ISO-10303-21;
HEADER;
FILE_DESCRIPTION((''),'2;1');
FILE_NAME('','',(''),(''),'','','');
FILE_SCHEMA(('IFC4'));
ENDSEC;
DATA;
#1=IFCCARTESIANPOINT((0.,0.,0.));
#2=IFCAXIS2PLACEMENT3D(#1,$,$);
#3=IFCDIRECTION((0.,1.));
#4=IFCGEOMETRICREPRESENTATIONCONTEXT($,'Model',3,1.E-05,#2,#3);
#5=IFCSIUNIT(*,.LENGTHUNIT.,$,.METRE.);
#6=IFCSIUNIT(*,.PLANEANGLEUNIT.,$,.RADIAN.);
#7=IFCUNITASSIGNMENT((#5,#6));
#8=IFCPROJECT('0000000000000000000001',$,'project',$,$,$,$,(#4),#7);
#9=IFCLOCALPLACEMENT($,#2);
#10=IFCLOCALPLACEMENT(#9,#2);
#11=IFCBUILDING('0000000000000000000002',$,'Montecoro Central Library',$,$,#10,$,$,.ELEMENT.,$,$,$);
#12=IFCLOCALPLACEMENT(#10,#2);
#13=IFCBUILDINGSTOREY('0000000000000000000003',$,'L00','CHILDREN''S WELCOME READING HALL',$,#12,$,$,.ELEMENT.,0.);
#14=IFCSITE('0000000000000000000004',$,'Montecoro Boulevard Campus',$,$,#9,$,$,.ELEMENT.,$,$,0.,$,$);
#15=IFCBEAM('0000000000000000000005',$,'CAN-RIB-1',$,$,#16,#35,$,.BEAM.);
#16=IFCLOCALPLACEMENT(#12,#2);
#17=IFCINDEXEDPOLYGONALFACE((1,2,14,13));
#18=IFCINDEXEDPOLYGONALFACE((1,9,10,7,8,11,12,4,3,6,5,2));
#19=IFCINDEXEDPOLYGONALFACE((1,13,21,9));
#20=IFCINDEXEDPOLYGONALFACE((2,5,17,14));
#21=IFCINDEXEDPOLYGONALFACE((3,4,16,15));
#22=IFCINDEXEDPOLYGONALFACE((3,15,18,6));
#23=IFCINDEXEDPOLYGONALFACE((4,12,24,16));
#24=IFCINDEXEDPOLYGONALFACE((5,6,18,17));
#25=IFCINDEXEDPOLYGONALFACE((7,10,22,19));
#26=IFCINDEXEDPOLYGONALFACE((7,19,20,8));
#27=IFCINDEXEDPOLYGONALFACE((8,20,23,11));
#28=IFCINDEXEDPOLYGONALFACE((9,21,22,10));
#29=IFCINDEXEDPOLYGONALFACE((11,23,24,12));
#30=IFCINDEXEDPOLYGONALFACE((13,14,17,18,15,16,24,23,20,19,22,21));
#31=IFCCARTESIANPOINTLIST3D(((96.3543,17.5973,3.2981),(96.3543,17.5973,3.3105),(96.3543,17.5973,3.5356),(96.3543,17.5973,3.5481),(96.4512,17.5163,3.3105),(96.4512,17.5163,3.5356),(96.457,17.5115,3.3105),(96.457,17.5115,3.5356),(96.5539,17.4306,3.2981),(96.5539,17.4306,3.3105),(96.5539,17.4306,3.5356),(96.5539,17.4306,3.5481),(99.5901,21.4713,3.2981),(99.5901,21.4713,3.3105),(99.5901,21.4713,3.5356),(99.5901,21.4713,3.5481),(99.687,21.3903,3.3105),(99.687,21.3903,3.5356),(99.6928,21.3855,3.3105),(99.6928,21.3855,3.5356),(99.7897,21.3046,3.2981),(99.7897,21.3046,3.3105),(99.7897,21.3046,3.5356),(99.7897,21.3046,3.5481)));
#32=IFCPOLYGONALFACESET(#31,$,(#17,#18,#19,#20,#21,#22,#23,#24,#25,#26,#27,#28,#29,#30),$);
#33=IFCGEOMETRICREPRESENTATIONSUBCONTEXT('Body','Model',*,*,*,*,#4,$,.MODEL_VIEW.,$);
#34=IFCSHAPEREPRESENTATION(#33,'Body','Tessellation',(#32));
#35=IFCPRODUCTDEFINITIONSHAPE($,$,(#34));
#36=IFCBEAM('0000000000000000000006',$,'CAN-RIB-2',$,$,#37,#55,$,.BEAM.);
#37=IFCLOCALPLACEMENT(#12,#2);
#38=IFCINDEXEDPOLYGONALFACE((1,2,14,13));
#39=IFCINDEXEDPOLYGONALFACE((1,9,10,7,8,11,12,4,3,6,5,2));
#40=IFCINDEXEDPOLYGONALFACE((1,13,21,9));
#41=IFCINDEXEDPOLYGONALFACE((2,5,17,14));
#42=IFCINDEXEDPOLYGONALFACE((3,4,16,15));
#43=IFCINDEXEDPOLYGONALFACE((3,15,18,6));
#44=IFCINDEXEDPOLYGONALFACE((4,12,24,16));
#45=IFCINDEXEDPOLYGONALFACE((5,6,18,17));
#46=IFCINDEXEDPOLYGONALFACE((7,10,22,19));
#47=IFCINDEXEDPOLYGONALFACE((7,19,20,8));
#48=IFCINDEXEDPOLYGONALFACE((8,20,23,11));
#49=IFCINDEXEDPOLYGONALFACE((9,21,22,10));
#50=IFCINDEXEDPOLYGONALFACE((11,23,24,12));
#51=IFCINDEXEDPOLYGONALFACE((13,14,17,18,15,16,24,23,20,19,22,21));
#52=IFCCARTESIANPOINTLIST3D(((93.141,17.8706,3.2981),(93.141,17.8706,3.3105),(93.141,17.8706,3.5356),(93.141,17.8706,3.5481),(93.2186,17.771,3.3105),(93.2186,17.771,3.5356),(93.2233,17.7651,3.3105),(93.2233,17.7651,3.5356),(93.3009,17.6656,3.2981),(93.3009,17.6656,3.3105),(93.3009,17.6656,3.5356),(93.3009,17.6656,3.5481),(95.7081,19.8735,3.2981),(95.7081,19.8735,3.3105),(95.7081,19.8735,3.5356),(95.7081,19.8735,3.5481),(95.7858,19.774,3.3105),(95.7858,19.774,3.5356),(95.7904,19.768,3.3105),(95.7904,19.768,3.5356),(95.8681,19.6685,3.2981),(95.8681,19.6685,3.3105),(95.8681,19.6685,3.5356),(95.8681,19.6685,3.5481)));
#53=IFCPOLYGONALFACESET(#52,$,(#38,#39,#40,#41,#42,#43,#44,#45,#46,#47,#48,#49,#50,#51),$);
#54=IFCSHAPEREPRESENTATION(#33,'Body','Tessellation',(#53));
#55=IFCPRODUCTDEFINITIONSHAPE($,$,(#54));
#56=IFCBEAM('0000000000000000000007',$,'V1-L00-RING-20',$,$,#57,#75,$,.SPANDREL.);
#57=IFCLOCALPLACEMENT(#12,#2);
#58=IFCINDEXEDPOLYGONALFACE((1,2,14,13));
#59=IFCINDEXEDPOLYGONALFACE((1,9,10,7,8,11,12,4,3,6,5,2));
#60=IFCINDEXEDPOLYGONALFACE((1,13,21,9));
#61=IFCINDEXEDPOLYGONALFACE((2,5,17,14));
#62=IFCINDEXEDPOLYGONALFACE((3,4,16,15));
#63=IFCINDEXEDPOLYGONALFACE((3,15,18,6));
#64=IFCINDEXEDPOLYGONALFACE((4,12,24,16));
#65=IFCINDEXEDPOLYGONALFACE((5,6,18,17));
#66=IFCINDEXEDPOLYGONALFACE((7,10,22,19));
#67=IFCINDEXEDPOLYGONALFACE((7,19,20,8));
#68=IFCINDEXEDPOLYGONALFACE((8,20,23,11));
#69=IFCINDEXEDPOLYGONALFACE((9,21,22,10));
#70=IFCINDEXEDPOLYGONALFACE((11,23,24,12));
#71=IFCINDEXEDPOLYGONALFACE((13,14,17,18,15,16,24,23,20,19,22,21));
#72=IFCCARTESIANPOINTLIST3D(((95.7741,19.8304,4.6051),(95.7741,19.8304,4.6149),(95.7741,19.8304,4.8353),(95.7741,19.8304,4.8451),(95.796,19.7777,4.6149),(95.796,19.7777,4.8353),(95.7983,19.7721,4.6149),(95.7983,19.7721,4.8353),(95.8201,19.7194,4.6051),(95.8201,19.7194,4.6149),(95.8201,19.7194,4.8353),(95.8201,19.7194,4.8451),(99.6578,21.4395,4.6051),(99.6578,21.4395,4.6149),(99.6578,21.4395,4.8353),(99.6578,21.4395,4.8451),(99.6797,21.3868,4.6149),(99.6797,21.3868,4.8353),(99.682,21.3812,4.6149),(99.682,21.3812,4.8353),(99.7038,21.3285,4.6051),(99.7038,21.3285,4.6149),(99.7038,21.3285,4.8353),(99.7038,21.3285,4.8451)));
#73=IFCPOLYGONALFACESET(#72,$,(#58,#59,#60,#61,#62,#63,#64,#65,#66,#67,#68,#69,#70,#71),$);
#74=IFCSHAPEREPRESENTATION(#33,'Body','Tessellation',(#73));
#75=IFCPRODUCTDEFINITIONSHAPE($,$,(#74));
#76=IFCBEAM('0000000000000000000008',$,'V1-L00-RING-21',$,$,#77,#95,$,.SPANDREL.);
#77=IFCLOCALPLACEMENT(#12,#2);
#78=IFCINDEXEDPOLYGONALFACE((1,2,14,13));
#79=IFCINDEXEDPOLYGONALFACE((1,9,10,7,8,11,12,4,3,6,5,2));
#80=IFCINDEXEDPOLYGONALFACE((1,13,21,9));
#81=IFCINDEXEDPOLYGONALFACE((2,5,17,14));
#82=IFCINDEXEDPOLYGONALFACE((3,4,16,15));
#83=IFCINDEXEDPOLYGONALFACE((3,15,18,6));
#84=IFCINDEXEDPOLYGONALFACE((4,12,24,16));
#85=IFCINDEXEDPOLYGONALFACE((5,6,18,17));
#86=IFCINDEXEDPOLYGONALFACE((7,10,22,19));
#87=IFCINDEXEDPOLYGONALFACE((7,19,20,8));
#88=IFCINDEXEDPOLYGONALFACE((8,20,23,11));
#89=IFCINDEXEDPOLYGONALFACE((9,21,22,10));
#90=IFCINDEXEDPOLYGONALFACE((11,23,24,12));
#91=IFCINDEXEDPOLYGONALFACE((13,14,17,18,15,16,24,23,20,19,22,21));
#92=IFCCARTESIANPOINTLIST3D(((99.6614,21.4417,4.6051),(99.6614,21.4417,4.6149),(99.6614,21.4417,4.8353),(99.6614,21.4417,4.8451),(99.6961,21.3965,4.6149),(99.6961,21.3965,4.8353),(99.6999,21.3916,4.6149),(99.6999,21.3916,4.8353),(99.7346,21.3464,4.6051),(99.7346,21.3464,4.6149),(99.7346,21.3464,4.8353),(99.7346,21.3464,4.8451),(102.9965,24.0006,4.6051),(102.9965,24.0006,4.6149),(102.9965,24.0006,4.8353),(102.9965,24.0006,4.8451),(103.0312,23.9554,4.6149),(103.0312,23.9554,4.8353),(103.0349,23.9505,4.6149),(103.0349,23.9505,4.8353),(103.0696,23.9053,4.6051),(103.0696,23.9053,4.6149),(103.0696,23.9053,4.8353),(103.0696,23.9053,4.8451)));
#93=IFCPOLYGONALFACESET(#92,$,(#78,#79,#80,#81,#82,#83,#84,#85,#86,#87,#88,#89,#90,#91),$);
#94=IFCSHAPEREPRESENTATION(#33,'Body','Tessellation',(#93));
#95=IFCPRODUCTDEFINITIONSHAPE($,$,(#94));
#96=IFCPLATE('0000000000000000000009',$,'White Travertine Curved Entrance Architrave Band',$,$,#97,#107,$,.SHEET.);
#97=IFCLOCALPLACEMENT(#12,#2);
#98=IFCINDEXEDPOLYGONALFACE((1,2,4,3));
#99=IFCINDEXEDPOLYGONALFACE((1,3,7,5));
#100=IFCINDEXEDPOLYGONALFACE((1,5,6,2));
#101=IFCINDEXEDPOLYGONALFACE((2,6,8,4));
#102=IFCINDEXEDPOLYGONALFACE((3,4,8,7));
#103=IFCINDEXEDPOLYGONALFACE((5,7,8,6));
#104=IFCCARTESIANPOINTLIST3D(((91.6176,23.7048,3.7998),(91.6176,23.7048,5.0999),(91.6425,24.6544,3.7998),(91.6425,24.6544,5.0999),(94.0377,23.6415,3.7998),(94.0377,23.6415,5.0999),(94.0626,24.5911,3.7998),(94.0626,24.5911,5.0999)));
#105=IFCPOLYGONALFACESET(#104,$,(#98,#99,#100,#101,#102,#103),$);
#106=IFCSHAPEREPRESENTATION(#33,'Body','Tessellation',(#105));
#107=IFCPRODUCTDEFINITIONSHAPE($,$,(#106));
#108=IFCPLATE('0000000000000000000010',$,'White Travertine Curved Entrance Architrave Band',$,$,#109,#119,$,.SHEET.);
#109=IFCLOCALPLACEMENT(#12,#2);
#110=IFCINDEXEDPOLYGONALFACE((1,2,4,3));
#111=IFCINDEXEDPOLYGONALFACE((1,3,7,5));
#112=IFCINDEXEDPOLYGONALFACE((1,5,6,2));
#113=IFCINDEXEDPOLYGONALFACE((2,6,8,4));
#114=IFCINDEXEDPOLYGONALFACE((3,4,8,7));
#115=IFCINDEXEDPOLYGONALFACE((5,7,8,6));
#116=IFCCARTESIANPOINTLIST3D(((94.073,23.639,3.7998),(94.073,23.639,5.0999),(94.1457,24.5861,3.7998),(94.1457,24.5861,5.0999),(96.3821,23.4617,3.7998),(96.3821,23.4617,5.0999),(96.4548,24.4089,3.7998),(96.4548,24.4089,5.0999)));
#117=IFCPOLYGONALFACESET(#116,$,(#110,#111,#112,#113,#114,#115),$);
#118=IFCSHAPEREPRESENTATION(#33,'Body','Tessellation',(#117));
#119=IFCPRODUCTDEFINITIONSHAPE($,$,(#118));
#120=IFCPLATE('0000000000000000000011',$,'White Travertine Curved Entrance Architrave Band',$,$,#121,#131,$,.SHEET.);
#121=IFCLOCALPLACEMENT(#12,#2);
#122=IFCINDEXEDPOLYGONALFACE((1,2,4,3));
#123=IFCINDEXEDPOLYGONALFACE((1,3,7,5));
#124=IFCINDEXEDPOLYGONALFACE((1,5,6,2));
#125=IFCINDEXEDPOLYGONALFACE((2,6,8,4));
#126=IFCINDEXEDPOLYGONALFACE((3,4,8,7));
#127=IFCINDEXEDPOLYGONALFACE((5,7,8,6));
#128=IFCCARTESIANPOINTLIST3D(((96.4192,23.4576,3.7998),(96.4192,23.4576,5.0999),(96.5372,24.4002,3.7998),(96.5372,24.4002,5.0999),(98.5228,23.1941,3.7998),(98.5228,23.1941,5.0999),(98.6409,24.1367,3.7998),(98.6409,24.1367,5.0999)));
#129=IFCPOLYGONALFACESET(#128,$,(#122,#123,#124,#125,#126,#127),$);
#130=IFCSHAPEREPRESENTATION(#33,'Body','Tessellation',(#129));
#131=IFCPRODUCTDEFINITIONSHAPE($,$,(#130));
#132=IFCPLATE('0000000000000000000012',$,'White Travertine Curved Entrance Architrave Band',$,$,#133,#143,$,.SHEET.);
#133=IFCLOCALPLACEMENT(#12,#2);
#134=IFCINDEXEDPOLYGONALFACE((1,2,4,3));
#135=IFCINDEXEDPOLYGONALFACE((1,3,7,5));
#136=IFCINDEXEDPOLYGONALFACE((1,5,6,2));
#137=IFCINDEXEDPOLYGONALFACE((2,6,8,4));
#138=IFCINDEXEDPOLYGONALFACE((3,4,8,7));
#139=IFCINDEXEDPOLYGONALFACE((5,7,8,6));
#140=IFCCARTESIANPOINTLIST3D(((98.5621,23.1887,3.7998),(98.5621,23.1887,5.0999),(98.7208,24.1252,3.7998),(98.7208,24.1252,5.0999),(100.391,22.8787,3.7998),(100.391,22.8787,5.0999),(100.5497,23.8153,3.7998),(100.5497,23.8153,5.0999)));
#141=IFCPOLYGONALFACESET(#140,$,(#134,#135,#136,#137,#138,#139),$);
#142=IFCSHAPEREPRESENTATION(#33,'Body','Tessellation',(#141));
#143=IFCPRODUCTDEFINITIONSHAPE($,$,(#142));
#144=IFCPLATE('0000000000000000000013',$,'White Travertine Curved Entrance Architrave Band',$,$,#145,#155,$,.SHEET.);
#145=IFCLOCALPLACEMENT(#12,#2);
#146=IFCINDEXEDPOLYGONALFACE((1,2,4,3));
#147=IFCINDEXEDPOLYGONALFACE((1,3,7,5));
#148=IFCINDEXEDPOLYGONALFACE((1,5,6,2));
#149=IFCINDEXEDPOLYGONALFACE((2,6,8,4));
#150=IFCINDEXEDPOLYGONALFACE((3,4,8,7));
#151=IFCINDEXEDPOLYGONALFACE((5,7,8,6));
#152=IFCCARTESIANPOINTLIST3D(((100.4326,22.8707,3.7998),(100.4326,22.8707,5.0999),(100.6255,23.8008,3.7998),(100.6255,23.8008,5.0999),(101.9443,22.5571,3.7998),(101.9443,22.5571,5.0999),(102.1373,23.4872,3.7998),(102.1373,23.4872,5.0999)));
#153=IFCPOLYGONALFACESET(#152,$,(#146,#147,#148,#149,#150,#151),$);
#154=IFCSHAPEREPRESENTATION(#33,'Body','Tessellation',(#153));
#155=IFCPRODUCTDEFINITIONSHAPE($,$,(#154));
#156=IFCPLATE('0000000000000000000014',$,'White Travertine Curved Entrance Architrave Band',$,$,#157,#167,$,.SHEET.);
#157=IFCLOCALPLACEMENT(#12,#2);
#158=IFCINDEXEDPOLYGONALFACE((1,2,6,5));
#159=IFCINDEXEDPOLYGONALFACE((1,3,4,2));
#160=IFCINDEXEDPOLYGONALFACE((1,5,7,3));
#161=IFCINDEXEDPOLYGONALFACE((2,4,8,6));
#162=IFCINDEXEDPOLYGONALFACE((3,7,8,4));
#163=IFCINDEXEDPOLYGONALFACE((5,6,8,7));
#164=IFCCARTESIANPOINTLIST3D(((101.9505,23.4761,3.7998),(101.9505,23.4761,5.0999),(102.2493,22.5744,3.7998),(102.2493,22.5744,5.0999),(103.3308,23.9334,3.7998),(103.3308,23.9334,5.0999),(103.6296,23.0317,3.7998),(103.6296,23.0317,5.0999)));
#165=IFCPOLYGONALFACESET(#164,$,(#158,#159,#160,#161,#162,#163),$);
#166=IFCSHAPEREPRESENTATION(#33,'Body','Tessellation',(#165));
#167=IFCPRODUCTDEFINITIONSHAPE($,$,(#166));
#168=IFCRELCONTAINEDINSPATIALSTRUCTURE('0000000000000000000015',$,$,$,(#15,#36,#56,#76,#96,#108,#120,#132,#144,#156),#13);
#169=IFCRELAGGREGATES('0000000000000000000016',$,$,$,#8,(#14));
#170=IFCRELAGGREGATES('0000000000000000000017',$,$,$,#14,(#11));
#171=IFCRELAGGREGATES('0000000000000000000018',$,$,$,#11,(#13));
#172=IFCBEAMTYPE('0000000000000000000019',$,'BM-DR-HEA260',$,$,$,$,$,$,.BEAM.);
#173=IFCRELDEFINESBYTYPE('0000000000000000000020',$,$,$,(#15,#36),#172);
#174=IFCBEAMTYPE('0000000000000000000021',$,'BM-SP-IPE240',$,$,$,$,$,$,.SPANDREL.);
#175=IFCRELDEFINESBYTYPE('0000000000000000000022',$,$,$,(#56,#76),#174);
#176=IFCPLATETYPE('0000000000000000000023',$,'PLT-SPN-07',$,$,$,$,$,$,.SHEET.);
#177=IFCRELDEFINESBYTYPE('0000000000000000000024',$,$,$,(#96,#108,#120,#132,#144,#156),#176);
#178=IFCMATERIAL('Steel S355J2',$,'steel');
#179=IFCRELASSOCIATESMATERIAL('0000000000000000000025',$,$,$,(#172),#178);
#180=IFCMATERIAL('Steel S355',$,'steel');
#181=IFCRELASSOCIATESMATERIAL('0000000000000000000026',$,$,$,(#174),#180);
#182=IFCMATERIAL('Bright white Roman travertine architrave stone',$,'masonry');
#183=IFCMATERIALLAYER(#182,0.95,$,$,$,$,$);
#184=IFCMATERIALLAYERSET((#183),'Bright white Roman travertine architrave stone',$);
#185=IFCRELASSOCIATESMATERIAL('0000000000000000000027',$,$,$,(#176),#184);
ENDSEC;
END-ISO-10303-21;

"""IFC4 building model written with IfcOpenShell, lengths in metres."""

from ifc_helpers import new_model, si_unit, direction, frame, origin, origin_2d, place, context, subcontext, project, spatial, rectangle, i_section, extrude, material, layer, layer_set, material_profile, profile_set, type_object, element, save


model = new_model("IFC4")

# Units and contexts
model_context = context("Model", 3, precision=1e-05, world=origin(), true_north=direction((0.0, 1.0)))
body_context = subcontext(model_context, "Body", "Model", "MODEL_VIEW")
ifc_project = project(units=[si_unit("LENGTHUNIT", "METRE"), si_unit("PLANEANGLEUNIT", "RADIAN")], contexts=[model_context])

# Site, building, storey
site_placement = place(None, origin())
site = spatial("IfcSite", under=ifc_project, at=site_placement, Name="Montecoro Boulevard Campus", CompositionType="ELEMENT", RefElevation=0.0)
building_placement = place(site_placement, origin())
building = spatial("IfcBuilding", under=site, at=building_placement, Name="Montecoro Central Library", CompositionType="ELEMENT")
storey_placement = place(building_placement, origin())
storey = spatial("IfcBuildingStorey", under=building, at=storey_placement, Name="L00", Description="CHILDREN'S WELCOME READING HALL", CompositionType="ELEMENT", Elevation=0.0)

# Shared definitions
ifc_material_1 = material(Name="Steel S355J2", Category="steel")
ifc_material_2 = material(Name="Steel S355", Category="steel")

# Beams
ifc_material_profile_1 = material_profile(ifc_material_1, i_section(OverallWidth=0.26, OverallDepth=0.25, WebThickness=0.0076, FlangeThickness=0.0125, at=origin_2d()), Name="HEA 260")
ifc_profile_set_1 = profile_set([ifc_material_profile_1], Name="Steel S355J2")
beam_type_1 = type_object("IfcBeamType", Name="BM-DR-HEA260", PredefinedType="BEAM", material=ifc_profile_set_1)
beam_1_placement = place(storey_placement, frame((96.4541, 17.5139, 3.4231), z_axis=(0.641059, 0.767491, 0.0), x_axis=(-0.767491, 0.641059, 0.0)))
element("IfcBeam", 1, at=beam_1_placement, inside=storey, type_object=beam_type_1, Name="CAN-RIB-1", PredefinedType="BEAM", context=body_context, shape_type="SweptSolid", body=[
    extrude(i_section(OverallWidth=0.26, OverallDepth=0.25, WebThickness=0.0076, FlangeThickness=0.0125, at=origin_2d()), origin(), (0.0, 0.0, 1.0), 5.0476),
])
beam_2_placement = place(storey_placement, frame((93.2209, 17.7681, 3.4231), z_axis=(0.788419, 0.615139, 0.0), x_axis=(-0.615139, 0.788419, 0.0)))
element("IfcBeam", 2, at=beam_2_placement, inside=storey, type_object=beam_type_1, Name="CAN-RIB-2", PredefinedType="BEAM", context=body_context, shape_type="SweptSolid", body=[
    extrude(i_section(OverallWidth=0.26, OverallDepth=0.25, WebThickness=0.0076, FlangeThickness=0.0125, at=origin_2d()), origin(), (0.0, 0.0, 1.0), 3.2561),
])
ifc_material_profile_2 = material_profile(ifc_material_2, i_section(OverallWidth=0.1201, OverallDepth=0.24, WebThickness=0.0061, FlangeThickness=0.0098, at=origin_2d()), Name="IPE 240")
ifc_profile_set_2 = profile_set([ifc_material_profile_2], Name="Steel S355")
beam_type_2 = type_object("IfcBeamType", Name="BM-SP-IPE240", PredefinedType="SPANDREL", material=ifc_profile_set_2)
beam_3_placement = place(storey_placement, frame((95.7971, 19.7749, 4.7251), z_axis=(0.923845, 0.382767, 0.0), x_axis=(-0.382767, 0.923845, 0.0)))
element("IfcBeam", 3, at=beam_3_placement, inside=storey, type_object=beam_type_2, Name="V1-L00-RING-20", PredefinedType="SPANDREL", context=body_context, shape_type="SweptSolid", body=[
    extrude(i_section(OverallWidth=0.1201, OverallDepth=0.24, WebThickness=0.0061, FlangeThickness=0.0098, at=origin_2d()), origin(), (0.0, 0.0, 1.0), 4.2039),
])
beam_4_placement = place(storey_placement, frame((99.698, 21.394, 4.7251), z_axis=(0.793373, 0.608736, 0.0), x_axis=(-0.608736, 0.793373, 0.0)))
element("IfcBeam", 4, at=beam_4_placement, inside=storey, type_object=beam_type_2, Name="V1-L00-RING-21", PredefinedType="SPANDREL", context=body_context, shape_type="SweptSolid", body=[
    extrude(i_section(OverallWidth=0.1201, OverallDepth=0.24, WebThickness=0.0061, FlangeThickness=0.0098, at=origin_2d()), origin(), (0.0, 0.0, 1.0), 4.2036),
])

# Plates
ifc_material_3 = material(Name="Bright white Roman travertine architrave stone", Category="masonry")
ifc_layer_1 = layer(ifc_material_3, 0.95)
ifc_layer_set_1 = layer_set([ifc_layer_1], Name="Bright white Roman travertine architrave stone")
plate_type = type_object("IfcPlateType", Name="PLT-SPN-07", PredefinedType="SHEET", material=ifc_layer_set_1)
plate_1_placement = place(storey_placement, frame((92.8401, 24.1479, 3.7998), z_axis=(0.0, 0.0, 1.0), x_axis=(0.999657, -0.026177, 0.0)))
element("IfcPlate", 5, at=plate_1_placement, inside=storey, type_object=plate_type, Name="White Travertine Curved Entrance Architrave Band", PredefinedType="SHEET", context=body_context, shape_type="SweptSolid", body=[
    extrude(rectangle(XDim=2.4209, YDim=0.95, at=origin_2d()), origin(), (0.0, 0.0, 1.0), 1.3),
])
plate_2_placement = place(storey_placement, frame((95.2639, 24.0239, 3.7998), z_axis=(0.0, 0.0, 1.0), x_axis=(0.997066, -0.076545, 0.0)))
element("IfcPlate", 6, at=plate_2_placement, inside=storey, type_object=plate_type, Name="White Travertine Curved Entrance Architrave Band", PredefinedType="SHEET", context=body_context, shape_type="SweptSolid", body=[
    extrude(rectangle(XDim=2.3159, YDim=0.95, at=origin_2d()), origin(), (0.0, 0.0, 1.0), 1.3),
])
plate_3_placement = place(storey_placement, frame((97.53, 23.7971, 3.7998), z_axis=(0.0, 0.0, 1.0), x_axis=(0.992245, -0.124294, 0.0)))
element("IfcPlate", 7, at=plate_3_placement, inside=storey, type_object=plate_type, Name="White Travertine Curved Entrance Architrave Band", PredefinedType="SHEET", context=body_context, shape_type="SweptSolid", body=[
    extrude(rectangle(XDim=2.1201, YDim=0.95, at=origin_2d()), origin(), (0.0, 0.0, 1.0), 1.3),
])
plate_4_placement = place(storey_placement, frame((99.5559, 23.502, 3.7998), z_axis=(0.0, 0.0, 1.0), x_axis=(0.985938, -0.167113, 0.0)))
element("IfcPlate", 8, at=plate_4_placement, inside=storey, type_object=plate_type, Name="White Travertine Curved Entrance Architrave Band", PredefinedType="SHEET", context=body_context, shape_type="SweptSolid", body=[
    extrude(rectangle(XDim=1.855, YDim=0.95, at=origin_2d()), origin(), (0.0, 0.0, 1.0), 1.3),
])
plate_5_placement = place(storey_placement, frame((101.2849, 23.179, 3.7998), z_axis=(0.0, 0.0, 1.0), x_axis=(0.979152, -0.203129, 0.0)))
element("IfcPlate", 9, at=plate_5_placement, inside=storey, type_object=plate_type, Name="White Travertine Curved Entrance Architrave Band", PredefinedType="SHEET", context=body_context, shape_type="SweptSolid", body=[
    extrude(rectangle(XDim=1.5439, YDim=0.95, at=origin_2d()), origin(), (0.0, 0.0, 1.0), 1.3),
])
plate_6_placement = place(storey_placement, frame((102.79, 23.2539, 3.7998), z_axis=(0.0, 0.0, 1.0), x_axis=(0.949261, 0.31449, 0.0)))
element("IfcPlate", 10, at=plate_6_placement, inside=storey, type_object=plate_type, Name="White Travertine Curved Entrance Architrave Band", PredefinedType="SHEET", context=body_context, shape_type="SweptSolid", body=[
    extrude(rectangle(XDim=1.4541, YDim=0.95, at=origin_2d()), origin(), (0.0, 0.0, 1.0), 1.3),
])

save(model, "model.ifc")
